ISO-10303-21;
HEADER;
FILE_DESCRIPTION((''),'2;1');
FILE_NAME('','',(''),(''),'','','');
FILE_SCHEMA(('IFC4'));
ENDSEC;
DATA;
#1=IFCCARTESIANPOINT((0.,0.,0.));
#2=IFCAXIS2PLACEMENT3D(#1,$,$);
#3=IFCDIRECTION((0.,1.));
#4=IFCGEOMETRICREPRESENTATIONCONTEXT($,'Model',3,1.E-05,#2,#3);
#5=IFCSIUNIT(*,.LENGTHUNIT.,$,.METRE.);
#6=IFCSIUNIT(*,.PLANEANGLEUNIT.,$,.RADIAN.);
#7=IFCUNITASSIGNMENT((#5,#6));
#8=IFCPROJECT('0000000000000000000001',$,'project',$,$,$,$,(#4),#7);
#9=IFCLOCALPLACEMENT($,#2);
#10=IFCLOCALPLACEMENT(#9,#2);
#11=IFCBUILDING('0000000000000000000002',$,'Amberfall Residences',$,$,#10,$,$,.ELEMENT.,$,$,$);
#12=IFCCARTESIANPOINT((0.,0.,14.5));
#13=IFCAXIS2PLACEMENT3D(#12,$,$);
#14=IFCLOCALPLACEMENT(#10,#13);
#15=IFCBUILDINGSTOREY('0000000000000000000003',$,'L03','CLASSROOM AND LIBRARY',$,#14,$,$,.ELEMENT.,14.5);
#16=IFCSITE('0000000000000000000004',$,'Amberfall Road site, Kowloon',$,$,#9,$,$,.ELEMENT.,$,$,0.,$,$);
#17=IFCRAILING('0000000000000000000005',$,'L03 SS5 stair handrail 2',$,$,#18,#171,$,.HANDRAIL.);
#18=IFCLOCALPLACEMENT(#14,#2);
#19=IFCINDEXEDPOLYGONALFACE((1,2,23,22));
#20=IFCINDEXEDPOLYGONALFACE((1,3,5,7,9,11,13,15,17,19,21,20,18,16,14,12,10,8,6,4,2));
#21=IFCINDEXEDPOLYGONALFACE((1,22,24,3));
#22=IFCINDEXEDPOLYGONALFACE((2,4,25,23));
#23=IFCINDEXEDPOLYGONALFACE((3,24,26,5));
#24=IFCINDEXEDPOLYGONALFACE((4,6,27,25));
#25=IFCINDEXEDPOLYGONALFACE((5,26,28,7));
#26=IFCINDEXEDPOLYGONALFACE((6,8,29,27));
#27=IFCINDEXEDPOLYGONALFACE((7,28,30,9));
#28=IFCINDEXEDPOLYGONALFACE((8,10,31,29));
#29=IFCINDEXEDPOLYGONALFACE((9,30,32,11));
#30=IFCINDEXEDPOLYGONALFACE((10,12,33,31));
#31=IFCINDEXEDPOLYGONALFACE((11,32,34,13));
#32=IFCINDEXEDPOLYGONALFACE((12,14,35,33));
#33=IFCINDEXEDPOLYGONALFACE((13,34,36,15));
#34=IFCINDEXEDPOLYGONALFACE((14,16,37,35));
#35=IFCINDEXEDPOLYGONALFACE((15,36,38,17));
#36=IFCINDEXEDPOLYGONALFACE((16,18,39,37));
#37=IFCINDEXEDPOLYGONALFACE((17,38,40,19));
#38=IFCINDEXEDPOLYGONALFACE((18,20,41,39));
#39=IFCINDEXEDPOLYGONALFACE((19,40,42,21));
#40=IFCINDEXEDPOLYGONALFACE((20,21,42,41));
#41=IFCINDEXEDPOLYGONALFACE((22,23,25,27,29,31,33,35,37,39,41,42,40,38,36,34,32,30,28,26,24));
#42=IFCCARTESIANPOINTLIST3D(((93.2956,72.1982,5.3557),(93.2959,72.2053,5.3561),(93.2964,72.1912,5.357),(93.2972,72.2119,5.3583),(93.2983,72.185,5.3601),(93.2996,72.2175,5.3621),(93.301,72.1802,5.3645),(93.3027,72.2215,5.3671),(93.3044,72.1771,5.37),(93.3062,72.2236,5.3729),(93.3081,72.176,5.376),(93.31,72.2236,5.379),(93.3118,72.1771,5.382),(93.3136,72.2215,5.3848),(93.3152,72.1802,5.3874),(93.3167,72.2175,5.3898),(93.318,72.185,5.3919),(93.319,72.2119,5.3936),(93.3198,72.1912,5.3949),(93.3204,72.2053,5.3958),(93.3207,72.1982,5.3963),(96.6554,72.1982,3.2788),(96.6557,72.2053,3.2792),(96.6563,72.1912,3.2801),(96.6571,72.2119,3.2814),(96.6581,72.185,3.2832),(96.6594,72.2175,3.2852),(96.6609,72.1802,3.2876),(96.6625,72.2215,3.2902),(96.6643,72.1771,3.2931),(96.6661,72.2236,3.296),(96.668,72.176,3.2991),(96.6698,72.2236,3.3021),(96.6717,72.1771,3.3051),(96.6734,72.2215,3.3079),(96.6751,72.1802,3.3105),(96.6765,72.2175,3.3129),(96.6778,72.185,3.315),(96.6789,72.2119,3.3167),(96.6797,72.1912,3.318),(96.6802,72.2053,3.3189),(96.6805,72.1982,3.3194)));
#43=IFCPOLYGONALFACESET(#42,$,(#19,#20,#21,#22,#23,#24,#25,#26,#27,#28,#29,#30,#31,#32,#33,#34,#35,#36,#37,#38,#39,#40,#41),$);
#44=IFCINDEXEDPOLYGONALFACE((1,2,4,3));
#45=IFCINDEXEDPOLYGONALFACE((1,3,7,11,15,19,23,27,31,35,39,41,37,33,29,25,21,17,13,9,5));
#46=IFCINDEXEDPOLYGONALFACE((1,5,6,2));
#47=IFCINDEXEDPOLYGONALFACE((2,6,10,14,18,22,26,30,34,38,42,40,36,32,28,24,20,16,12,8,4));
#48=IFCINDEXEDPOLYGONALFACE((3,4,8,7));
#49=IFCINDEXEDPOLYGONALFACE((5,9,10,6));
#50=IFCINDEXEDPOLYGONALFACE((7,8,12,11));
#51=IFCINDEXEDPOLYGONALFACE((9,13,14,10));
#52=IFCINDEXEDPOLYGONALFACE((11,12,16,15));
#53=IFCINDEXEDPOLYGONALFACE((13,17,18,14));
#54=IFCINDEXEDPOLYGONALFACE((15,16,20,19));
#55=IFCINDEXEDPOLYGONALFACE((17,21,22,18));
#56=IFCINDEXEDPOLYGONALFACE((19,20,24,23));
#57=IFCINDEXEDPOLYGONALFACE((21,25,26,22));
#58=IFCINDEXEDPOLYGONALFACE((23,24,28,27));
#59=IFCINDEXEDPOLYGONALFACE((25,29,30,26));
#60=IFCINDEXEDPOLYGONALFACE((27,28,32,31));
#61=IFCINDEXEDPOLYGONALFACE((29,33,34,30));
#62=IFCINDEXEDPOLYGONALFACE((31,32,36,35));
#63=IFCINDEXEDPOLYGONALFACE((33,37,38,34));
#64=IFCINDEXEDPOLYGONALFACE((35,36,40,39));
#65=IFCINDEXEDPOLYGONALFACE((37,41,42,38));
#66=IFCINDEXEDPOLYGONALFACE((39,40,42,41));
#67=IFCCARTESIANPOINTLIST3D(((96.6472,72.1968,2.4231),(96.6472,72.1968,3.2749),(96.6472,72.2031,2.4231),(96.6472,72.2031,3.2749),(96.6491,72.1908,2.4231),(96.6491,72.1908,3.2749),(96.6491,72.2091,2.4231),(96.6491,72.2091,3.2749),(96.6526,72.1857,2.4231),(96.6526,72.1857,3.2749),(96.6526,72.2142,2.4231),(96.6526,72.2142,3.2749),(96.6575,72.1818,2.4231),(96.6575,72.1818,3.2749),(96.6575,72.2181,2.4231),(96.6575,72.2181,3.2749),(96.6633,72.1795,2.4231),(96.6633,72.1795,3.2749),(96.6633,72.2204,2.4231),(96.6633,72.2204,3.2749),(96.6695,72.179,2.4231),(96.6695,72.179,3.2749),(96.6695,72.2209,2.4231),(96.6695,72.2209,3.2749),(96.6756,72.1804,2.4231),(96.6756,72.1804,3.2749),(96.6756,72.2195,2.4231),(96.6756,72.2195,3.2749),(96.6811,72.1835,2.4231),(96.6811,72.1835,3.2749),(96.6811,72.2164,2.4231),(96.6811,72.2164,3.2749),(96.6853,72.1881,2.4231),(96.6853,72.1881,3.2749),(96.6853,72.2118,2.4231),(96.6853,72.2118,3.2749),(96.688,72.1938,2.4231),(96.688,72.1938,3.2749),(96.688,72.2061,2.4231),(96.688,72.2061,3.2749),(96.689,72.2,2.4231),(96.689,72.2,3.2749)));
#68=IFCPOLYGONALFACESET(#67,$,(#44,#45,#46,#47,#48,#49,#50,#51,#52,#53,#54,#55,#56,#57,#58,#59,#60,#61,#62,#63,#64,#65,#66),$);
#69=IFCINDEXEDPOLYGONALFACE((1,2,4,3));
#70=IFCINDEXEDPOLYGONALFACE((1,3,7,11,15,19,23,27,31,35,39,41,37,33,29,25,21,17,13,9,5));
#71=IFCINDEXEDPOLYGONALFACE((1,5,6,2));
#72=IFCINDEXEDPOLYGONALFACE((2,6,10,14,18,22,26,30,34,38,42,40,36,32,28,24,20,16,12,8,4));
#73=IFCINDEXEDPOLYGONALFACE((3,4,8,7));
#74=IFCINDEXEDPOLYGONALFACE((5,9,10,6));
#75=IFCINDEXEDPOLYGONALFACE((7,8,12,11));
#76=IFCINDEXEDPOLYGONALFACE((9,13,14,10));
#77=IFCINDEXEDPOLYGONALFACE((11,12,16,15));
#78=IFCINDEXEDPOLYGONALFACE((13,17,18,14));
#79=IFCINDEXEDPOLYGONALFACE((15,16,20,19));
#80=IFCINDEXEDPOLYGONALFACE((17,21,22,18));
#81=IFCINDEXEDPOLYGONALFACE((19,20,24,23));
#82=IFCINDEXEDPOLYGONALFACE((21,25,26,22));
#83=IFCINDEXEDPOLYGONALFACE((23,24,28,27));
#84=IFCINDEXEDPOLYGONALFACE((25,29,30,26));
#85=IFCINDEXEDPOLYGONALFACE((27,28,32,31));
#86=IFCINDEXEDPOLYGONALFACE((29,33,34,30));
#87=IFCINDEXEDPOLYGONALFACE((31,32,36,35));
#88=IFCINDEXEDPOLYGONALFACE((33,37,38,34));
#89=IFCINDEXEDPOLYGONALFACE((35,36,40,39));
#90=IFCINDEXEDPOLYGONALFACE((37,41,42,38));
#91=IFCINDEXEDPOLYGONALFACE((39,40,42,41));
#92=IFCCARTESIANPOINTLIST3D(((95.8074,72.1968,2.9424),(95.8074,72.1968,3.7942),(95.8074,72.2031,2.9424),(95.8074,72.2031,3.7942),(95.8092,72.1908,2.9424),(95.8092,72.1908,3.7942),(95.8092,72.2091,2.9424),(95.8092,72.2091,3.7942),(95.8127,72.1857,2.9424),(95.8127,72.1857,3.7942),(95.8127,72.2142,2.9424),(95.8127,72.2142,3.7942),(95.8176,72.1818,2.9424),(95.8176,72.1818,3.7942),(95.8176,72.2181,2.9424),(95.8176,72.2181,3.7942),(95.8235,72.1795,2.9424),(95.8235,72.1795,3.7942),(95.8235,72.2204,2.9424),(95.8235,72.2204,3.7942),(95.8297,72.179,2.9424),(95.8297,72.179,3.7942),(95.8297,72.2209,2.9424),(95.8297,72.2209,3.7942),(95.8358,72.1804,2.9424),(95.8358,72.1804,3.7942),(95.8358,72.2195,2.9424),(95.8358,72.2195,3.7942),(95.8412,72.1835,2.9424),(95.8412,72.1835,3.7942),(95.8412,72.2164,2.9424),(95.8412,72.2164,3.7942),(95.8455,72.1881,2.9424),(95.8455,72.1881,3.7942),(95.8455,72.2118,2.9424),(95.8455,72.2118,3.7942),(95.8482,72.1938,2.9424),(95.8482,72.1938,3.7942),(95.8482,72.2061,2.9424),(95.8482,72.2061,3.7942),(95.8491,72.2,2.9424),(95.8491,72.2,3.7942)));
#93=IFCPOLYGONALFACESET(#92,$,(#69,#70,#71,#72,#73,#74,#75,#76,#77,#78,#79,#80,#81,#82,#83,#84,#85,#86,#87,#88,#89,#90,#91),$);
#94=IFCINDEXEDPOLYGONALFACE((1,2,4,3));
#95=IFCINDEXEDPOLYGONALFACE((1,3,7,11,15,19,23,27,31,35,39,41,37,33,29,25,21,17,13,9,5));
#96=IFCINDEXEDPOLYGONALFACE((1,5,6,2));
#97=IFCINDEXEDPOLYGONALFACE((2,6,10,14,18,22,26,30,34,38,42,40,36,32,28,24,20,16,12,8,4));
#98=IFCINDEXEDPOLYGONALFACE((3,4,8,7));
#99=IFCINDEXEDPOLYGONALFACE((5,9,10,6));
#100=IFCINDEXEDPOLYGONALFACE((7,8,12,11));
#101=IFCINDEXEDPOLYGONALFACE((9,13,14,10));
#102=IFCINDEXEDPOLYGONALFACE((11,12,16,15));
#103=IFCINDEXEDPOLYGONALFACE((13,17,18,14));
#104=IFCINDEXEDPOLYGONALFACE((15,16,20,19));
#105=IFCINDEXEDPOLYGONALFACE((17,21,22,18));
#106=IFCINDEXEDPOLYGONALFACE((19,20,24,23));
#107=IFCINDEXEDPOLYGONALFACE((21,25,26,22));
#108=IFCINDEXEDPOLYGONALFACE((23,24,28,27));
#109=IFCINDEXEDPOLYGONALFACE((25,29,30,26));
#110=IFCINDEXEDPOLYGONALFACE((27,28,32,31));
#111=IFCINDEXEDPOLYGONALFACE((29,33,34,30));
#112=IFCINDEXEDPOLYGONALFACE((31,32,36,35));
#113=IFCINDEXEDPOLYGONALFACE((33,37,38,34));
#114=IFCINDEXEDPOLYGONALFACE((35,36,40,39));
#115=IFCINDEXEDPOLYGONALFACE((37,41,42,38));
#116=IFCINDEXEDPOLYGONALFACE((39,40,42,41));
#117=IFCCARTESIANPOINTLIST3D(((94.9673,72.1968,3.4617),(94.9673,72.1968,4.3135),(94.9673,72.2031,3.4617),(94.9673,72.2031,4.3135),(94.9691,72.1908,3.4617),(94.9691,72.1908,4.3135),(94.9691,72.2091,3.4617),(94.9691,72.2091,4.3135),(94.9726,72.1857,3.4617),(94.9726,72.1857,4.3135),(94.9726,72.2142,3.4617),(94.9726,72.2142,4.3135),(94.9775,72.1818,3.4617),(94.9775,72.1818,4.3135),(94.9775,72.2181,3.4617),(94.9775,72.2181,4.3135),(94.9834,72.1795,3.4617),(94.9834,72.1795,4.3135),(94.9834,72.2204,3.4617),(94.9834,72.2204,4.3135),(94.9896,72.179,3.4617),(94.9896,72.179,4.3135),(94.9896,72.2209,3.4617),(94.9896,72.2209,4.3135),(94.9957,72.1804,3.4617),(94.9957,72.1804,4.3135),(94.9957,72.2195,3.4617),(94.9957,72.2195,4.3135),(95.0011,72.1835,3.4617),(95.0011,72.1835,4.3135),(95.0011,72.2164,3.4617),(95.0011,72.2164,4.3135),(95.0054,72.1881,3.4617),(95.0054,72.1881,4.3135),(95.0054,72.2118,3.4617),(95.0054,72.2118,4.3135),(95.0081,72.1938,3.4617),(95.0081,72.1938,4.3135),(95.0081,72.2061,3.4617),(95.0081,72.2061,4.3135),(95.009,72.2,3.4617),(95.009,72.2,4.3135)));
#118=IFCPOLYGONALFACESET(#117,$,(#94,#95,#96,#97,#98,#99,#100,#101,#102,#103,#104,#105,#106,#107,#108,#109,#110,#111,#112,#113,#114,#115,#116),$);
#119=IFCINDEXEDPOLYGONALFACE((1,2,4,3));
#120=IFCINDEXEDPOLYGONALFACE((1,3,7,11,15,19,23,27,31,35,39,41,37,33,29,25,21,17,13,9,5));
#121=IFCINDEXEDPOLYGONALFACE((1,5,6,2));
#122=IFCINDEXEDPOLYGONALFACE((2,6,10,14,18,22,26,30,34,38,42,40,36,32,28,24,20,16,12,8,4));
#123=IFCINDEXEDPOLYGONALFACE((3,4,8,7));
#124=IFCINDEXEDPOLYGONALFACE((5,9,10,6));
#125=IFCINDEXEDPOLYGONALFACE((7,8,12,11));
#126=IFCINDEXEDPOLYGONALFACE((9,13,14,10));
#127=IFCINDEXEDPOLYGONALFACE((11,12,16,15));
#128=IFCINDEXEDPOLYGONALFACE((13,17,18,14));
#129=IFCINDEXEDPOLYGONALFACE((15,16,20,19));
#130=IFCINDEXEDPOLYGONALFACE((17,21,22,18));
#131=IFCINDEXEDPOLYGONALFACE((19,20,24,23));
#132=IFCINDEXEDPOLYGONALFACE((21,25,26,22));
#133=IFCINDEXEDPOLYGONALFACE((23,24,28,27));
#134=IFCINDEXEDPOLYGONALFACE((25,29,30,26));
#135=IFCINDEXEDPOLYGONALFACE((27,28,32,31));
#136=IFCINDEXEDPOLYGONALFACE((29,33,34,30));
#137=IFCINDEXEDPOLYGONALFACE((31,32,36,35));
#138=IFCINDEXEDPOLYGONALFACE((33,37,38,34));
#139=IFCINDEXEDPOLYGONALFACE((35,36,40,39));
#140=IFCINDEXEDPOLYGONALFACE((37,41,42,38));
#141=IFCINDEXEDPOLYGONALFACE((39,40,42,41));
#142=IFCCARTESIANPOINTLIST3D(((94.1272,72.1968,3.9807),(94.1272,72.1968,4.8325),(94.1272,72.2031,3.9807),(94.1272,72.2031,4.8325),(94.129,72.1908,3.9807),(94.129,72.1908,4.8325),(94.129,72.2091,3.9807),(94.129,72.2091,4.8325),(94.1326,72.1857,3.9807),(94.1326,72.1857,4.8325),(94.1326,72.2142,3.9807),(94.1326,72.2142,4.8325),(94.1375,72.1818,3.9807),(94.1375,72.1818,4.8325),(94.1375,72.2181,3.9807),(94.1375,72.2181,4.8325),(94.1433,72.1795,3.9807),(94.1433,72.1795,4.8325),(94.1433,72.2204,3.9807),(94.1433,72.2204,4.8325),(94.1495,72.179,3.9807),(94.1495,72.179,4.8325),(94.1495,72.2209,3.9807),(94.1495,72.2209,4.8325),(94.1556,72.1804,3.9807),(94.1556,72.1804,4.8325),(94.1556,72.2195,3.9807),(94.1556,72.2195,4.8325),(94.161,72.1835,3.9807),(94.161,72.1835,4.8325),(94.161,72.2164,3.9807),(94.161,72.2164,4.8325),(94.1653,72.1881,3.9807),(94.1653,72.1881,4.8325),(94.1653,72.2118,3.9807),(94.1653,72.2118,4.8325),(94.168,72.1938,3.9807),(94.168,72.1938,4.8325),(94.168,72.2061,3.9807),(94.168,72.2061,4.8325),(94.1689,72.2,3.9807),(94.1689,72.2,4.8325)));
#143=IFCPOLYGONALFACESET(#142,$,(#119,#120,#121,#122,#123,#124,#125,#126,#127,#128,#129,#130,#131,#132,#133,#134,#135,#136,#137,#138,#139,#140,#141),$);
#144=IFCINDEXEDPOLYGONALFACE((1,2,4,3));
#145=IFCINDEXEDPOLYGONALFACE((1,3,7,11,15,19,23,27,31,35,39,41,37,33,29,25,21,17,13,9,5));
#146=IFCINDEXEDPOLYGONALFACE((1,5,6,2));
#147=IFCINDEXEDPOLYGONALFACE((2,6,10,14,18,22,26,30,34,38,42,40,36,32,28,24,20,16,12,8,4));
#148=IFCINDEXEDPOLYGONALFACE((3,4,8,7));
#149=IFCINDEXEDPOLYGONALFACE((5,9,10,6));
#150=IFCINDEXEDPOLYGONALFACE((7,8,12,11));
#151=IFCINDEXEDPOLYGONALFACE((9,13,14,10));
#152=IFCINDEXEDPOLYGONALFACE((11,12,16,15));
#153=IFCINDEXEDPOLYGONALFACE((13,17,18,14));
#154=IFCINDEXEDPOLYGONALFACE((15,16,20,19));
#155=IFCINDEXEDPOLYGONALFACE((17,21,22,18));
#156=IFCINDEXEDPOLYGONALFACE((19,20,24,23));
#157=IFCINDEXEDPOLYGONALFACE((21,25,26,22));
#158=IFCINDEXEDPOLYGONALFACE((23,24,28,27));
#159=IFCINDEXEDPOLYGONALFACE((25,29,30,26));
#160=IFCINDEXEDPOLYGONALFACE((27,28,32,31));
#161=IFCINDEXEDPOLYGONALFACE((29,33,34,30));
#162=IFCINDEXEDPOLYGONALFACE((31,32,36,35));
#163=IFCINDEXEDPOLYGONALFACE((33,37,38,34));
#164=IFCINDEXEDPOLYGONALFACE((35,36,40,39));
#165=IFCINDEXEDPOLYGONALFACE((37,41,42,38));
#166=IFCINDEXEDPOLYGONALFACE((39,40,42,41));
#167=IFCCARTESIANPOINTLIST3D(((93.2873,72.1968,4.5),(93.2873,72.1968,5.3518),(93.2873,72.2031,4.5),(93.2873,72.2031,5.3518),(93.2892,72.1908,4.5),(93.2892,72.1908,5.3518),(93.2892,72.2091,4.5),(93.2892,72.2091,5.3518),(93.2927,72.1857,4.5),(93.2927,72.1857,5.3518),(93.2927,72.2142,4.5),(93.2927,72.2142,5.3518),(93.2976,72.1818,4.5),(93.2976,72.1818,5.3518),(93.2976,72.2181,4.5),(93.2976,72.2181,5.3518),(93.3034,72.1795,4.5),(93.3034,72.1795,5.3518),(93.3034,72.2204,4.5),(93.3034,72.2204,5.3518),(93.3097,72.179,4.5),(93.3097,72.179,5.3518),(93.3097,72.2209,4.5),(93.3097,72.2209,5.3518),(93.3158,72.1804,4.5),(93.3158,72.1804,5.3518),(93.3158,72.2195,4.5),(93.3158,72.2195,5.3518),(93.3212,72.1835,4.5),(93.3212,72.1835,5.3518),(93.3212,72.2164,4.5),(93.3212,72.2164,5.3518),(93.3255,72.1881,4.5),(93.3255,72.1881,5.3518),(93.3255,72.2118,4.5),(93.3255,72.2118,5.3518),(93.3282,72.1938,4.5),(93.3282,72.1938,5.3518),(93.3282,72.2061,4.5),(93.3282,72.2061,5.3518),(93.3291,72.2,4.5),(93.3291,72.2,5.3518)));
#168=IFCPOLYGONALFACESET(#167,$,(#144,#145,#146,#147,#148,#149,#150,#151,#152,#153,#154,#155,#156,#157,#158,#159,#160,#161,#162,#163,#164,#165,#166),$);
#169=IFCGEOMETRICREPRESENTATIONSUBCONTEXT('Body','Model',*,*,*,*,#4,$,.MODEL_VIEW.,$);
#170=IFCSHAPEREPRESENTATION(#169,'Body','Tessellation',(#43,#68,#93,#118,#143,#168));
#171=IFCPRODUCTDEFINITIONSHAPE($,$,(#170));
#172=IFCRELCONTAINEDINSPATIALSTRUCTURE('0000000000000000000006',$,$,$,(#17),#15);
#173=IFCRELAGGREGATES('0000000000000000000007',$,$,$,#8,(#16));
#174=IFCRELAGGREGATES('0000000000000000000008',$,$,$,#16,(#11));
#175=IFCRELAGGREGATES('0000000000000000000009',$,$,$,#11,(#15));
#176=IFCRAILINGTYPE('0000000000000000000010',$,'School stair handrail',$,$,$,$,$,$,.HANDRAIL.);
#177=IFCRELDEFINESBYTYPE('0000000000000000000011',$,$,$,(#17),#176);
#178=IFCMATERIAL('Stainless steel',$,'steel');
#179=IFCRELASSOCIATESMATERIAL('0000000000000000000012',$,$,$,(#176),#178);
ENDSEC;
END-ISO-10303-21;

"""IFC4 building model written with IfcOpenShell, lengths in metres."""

from ifc_helpers import new_model, si_unit, direction, frame, origin, origin_2d, place, context, subcontext, project, spatial, circle, extrude, material, type_object, element, save


model = new_model("IFC4")

# Units and contexts
model_context = context("Model", 3, precision=1e-05, world=origin(), true_north=direction((0.0, 1.0)))
body_context = subcontext(model_context, "Body", "Model", "MODEL_VIEW")
ifc_project = project(units=[si_unit("LENGTHUNIT", "METRE"), si_unit("PLANEANGLEUNIT", "RADIAN")], contexts=[model_context])

# Site, building, storey
site_placement = place(None, origin())
site = spatial("IfcSite", under=ifc_project, at=site_placement, Name="Amberfall Road site, Kowloon", CompositionType="ELEMENT", RefElevation=0.0)
building_placement = place(site_placement, origin())
building = spatial("IfcBuilding", under=site, at=building_placement, Name="Amberfall Residences", CompositionType="ELEMENT")
storey_placement = place(building_placement, frame((0.0, 0.0, 14.5)))
storey = spatial("IfcBuildingStorey", under=building, at=storey_placement, Name="L03", Description="CLASSROOM AND LIBRARY", CompositionType="ELEMENT", Elevation=14.5)

# Railing
ifc_material_1 = material(Name="Stainless steel", Category="steel")
railing_type_1 = type_object("IfcRailingType", Name="School stair handrail", PredefinedType="HANDRAIL", material=ifc_material_1)
railing_1_placement = place(storey_placement, frame((96.668, 72.2, 2.4231)))
element("IfcRailing", 1, at=railing_1_placement, inside=storey, type_object=railing_type_1, Name="L03 SS5 stair handrail 2", PredefinedType="HANDRAIL", context=body_context, shape_type="SweptSolid", body=[
    extrude(circle(Radius=0.0239, at=origin_2d()), frame((0.0, 0.0, 0.876), z_axis=(-0.850606, 0.0, 0.525803), x_axis=(0.0, -1.0, 0.0)), (0.0, 0.0, 1.0), 3.95),
    extrude(circle(Radius=0.021, at=origin_2d()), origin(), (0.0, 0.0, 1.0), 0.8518),
    extrude(circle(Radius=0.021, at=origin_2d()), frame((-0.8398, 0.0, 0.5193)), (0.0, 0.0, 1.0), 0.8518),
    extrude(circle(Radius=0.021, at=origin_2d()), frame((-1.6799, 0.0, 1.0386)), (0.0, 0.0, 1.0), 0.8518),
    extrude(circle(Radius=0.021, at=origin_2d()), frame((-2.52, 0.0, 1.5576)), (0.0, 0.0, 1.0), 0.8518),
    extrude(circle(Radius=0.021, at=origin_2d()), frame((-3.3599, 0.0, 2.0769)), (0.0, 0.0, 1.0), 0.8518),
])

save(model, "model.ifc")
